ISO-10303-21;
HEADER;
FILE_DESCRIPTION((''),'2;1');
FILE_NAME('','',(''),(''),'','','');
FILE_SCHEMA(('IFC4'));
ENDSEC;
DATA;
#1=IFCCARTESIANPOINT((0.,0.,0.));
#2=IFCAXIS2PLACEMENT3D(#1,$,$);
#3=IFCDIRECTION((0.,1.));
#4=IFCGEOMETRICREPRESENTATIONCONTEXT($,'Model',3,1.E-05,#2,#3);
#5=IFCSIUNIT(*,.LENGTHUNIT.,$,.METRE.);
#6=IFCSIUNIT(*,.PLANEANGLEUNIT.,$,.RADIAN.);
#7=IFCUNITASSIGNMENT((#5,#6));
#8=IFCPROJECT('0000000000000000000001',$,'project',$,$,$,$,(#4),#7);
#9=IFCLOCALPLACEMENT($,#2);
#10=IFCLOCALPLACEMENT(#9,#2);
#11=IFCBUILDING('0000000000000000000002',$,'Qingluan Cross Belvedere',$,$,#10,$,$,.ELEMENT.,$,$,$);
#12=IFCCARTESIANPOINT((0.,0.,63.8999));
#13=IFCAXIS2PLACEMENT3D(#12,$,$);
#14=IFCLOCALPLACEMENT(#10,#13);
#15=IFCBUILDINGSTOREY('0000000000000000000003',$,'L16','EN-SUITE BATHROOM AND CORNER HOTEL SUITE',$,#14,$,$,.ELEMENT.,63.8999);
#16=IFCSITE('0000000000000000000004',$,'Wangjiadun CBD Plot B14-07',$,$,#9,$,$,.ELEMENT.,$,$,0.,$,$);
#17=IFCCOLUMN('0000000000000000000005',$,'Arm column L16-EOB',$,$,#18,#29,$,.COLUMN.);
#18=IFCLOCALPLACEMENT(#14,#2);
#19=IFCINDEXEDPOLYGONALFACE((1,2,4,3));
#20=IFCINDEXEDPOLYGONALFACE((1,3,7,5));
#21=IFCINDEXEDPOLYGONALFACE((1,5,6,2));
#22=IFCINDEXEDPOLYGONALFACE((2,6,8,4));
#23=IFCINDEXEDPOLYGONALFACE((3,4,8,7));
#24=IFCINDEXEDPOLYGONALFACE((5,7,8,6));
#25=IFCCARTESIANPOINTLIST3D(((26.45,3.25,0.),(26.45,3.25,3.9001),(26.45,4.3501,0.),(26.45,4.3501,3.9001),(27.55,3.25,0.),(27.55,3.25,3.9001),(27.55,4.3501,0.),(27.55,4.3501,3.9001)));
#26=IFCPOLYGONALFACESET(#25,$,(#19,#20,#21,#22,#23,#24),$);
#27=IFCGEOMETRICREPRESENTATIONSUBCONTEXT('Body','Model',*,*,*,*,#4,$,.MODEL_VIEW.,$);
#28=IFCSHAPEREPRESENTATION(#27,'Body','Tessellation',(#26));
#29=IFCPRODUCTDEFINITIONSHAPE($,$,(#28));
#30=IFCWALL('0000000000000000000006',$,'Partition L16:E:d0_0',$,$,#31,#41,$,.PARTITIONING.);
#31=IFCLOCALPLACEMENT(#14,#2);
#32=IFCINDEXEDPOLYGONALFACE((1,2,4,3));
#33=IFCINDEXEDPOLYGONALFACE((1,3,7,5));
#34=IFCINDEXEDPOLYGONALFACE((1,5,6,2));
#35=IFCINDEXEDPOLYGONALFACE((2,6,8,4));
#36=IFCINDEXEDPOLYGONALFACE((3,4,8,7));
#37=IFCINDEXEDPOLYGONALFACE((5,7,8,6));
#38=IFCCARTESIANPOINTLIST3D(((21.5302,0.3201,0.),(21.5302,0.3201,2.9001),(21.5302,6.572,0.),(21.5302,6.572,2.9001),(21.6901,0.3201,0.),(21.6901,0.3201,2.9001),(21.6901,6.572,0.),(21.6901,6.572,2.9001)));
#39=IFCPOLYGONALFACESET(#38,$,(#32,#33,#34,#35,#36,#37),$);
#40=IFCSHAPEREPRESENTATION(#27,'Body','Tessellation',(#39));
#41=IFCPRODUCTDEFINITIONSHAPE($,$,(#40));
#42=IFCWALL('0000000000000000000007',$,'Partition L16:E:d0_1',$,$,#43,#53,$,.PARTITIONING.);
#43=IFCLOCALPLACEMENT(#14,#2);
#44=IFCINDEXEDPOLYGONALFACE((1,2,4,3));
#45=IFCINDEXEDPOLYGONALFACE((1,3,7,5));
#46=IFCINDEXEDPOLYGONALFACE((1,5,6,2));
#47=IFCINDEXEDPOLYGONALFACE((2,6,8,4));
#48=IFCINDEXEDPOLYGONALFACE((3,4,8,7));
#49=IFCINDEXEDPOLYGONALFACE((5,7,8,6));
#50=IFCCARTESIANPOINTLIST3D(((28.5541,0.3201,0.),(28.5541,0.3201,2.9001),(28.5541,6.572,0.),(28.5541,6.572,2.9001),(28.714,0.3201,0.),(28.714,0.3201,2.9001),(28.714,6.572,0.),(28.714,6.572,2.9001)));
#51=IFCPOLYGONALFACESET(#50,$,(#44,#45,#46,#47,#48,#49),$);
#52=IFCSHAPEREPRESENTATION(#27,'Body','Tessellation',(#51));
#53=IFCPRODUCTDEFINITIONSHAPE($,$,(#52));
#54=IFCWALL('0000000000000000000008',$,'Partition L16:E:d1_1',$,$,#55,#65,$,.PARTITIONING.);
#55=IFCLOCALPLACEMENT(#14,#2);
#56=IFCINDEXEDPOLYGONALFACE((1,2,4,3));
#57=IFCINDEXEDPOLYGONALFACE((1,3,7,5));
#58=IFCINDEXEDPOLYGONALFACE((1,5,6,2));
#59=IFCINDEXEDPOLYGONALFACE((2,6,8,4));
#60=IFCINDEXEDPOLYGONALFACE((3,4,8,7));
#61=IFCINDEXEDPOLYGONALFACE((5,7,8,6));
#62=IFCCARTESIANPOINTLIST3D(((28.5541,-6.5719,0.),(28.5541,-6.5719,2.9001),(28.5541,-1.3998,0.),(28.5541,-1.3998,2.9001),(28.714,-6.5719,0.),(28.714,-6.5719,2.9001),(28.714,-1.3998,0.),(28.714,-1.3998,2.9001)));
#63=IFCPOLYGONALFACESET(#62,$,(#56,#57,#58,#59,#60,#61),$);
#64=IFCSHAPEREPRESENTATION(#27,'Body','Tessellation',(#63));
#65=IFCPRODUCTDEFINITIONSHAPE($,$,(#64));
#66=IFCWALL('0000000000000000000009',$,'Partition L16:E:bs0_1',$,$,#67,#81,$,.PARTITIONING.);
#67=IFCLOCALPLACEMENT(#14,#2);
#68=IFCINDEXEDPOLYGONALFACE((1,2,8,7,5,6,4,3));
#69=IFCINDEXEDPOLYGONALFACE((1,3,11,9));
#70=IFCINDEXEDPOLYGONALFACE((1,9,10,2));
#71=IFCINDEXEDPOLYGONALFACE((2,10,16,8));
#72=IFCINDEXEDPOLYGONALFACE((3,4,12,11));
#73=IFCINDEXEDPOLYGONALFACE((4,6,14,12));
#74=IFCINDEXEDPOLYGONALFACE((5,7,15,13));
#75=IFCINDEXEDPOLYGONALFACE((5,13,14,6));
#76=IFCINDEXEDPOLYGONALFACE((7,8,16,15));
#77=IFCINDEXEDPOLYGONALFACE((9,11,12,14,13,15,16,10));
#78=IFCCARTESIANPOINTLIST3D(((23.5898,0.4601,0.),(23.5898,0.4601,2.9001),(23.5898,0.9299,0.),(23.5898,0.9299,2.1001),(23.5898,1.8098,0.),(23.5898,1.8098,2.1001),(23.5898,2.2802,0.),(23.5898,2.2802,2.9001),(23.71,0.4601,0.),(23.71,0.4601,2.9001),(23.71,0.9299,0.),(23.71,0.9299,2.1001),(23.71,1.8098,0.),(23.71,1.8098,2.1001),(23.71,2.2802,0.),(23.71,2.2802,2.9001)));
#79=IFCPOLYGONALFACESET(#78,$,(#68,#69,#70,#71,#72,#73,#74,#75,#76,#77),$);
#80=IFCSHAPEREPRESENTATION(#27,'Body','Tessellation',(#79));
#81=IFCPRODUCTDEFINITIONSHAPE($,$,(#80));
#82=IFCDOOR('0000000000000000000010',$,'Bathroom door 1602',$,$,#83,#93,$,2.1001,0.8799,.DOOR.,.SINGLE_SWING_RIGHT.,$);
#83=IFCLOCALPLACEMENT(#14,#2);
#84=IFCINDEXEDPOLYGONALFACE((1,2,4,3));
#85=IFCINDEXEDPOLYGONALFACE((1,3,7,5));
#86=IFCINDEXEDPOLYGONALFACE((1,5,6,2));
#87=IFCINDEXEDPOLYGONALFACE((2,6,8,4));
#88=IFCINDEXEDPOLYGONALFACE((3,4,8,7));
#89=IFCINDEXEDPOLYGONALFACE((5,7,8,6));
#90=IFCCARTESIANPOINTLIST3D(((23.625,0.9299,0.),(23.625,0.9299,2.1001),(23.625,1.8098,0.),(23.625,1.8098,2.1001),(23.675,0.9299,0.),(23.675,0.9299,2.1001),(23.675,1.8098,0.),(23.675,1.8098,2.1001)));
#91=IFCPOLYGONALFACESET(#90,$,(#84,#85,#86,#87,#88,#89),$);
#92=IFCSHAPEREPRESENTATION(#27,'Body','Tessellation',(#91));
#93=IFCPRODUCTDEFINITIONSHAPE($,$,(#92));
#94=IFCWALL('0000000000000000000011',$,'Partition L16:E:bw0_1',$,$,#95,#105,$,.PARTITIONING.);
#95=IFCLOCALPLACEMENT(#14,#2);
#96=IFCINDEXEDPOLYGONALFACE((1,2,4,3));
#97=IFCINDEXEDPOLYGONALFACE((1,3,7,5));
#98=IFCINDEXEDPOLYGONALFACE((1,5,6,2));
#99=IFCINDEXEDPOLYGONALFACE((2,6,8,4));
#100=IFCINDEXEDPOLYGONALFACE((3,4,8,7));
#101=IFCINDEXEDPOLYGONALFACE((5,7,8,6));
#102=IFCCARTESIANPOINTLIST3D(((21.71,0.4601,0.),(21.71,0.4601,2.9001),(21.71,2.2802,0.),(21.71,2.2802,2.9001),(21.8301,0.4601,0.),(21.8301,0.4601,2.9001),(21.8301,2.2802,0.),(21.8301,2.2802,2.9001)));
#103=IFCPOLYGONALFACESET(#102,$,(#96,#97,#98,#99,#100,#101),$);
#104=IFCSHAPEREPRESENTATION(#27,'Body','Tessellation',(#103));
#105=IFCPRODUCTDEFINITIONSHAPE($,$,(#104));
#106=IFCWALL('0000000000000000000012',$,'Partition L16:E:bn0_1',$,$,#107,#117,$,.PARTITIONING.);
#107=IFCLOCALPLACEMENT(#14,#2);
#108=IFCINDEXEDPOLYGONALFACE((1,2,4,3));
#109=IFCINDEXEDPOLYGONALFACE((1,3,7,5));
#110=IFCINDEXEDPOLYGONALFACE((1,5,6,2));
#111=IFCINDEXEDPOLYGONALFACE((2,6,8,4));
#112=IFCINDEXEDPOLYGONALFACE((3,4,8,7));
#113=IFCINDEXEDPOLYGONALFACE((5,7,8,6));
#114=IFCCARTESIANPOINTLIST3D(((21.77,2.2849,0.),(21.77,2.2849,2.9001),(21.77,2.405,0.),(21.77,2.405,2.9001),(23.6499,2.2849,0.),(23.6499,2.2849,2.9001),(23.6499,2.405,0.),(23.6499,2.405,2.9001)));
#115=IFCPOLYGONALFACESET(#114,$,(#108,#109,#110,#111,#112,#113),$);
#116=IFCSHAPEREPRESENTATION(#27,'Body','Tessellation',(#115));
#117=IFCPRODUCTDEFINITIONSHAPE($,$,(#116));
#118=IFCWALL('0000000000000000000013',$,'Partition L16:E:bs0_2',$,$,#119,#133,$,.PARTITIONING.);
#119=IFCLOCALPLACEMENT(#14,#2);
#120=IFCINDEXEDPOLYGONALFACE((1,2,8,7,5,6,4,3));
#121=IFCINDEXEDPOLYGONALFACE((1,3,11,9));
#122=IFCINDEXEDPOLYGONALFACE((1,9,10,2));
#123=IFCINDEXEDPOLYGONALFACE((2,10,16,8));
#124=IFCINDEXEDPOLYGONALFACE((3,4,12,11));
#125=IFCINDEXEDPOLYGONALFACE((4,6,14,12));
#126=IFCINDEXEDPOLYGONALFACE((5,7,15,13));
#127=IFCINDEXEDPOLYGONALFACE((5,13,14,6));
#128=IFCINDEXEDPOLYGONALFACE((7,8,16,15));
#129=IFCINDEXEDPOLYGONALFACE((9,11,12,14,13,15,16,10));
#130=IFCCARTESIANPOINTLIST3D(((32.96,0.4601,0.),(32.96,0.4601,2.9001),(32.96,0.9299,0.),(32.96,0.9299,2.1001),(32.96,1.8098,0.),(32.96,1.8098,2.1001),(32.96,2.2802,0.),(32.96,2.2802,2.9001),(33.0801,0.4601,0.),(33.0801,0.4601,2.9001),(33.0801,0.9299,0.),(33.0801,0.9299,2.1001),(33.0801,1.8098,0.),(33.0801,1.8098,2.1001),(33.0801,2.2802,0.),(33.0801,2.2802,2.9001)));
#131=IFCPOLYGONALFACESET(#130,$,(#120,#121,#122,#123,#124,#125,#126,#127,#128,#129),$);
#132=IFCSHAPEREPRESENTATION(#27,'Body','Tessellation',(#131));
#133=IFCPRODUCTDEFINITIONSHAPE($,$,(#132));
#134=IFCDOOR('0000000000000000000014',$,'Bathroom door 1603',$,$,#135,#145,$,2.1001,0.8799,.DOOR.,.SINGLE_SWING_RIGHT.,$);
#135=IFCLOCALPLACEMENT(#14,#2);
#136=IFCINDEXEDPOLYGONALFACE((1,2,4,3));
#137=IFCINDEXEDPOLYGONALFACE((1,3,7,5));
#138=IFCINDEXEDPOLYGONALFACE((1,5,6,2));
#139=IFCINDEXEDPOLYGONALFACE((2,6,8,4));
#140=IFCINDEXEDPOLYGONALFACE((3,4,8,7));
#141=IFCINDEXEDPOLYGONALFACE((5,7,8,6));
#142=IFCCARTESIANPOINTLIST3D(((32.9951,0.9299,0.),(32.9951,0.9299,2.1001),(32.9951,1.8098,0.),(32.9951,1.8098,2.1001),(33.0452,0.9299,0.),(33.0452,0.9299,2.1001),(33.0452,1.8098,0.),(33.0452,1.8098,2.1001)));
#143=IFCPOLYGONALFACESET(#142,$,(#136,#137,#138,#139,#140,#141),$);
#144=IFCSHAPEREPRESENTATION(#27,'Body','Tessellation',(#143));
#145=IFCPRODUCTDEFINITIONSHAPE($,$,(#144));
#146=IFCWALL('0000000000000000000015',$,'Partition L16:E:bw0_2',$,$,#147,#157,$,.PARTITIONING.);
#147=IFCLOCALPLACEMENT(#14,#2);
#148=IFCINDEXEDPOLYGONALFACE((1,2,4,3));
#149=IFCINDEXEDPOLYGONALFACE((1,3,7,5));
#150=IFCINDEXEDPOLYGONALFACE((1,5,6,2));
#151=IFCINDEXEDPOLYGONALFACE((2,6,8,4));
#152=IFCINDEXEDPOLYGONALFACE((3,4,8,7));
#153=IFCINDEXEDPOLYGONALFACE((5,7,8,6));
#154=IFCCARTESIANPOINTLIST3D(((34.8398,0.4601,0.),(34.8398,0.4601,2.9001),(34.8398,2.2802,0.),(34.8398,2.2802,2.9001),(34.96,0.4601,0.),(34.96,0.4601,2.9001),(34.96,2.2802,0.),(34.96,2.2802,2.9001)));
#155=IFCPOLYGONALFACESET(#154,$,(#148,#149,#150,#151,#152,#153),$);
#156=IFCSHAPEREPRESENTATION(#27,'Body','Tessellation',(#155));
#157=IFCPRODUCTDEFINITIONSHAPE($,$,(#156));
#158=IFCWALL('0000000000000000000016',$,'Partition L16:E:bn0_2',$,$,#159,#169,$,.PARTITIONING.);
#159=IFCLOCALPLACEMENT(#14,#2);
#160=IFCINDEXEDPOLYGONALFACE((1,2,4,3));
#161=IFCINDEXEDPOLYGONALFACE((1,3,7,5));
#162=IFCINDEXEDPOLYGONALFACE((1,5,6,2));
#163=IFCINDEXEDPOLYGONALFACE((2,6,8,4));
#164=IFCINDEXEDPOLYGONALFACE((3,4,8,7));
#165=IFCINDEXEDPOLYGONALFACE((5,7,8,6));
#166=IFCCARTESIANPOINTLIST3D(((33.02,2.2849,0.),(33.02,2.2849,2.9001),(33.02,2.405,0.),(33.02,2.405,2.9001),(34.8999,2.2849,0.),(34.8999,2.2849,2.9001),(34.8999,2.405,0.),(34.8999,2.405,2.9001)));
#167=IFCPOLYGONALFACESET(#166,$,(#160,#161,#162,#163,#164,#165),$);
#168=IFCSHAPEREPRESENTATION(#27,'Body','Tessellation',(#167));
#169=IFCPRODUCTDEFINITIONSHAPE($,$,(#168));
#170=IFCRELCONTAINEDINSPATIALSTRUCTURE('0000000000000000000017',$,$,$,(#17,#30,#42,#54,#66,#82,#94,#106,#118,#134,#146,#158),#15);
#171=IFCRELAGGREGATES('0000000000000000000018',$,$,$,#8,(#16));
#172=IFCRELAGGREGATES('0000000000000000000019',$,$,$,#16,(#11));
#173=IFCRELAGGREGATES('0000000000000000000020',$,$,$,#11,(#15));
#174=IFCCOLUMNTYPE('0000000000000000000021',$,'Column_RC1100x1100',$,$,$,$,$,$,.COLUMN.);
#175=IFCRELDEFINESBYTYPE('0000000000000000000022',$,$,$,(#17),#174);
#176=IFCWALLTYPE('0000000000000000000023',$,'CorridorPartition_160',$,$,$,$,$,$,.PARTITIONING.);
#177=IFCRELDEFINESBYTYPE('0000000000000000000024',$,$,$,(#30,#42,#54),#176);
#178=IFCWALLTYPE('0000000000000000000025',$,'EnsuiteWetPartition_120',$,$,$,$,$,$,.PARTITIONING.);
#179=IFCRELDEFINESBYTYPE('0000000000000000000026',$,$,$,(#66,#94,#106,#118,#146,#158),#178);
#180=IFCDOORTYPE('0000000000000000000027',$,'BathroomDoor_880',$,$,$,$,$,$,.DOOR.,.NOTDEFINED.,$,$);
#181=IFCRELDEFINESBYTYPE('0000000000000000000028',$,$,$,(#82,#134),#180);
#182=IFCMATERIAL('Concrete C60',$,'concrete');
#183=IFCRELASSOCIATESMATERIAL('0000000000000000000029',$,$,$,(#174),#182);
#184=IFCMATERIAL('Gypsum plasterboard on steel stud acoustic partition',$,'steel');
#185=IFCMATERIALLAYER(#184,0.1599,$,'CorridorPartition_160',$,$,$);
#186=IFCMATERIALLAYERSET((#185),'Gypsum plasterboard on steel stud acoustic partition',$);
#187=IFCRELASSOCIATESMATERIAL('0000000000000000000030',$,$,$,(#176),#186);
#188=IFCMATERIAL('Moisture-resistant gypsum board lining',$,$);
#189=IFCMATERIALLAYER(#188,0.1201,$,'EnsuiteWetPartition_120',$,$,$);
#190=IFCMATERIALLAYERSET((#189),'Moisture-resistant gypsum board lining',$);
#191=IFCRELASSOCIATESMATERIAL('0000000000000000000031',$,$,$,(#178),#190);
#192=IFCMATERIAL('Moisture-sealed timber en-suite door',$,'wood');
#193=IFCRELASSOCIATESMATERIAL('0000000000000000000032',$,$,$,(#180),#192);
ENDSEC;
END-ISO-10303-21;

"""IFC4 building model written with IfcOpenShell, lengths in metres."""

from ifc_helpers import new_model, si_unit, direction, frame, frame_2d, origin, origin_2d, place, context, subcontext, project, spatial, rectangle, extrude, material, layer, layer_set, material_profile, profile_set, type_object, element, fill, save


model = new_model("IFC4")

# Units and contexts
model_context = context("Model", 3, precision=1e-05, world=origin(), true_north=direction((0.0, 1.0)))
body_context = subcontext(model_context, "Body", "Model", "MODEL_VIEW")
ifc_project = project(units=[si_unit("LENGTHUNIT", "METRE"), si_unit("PLANEANGLEUNIT", "RADIAN")], contexts=[model_context])

# Site, building, storey
site_placement = place(None, origin())
site = spatial("IfcSite", under=ifc_project, at=site_placement, Name="Wangjiadun CBD Plot B14-07", CompositionType="ELEMENT", RefElevation=0.0)
building_placement = place(site_placement, origin())
building = spatial("IfcBuilding", under=site, at=building_placement, Name="Qingluan Cross Belvedere", CompositionType="ELEMENT")
storey_placement = place(building_placement, frame((0.0, 0.0, 63.8999)))
storey = spatial("IfcBuildingStorey", under=building, at=storey_placement, Name="L16", Description="EN-SUITE BATHROOM AND CORNER HOTEL SUITE", CompositionType="ELEMENT", Elevation=63.8999)

# Column
ifc_material_1 = material(Name="Concrete C60", Category="concrete")
ifc_material_profile = material_profile(ifc_material_1, rectangle(XDim=1.1001, YDim=1.1001, at=origin_2d()), Name="RC1100x1100")
ifc_profile_set = profile_set([ifc_material_profile], Name="Concrete C60")
column_type = type_object("IfcColumnType", Name="Column_RC1100x1100", PredefinedType="COLUMN", material=ifc_profile_set)
column_placement = place(storey_placement, frame((27.0, 3.8, 0.0), z_axis=(0.0, 0.0, 1.0), x_axis=(1.0, 0.0, 0.0)))
element("IfcColumn", 1, at=column_placement, inside=storey, type_object=column_type, Name="Arm column L16-EOB", PredefinedType="COLUMN", context=body_context, shape_type="SweptSolid", body=[
    extrude(rectangle(XDim=1.1001, YDim=1.1001, at=origin_2d()), origin(), (0.0, 0.0, 1.0), 3.9001),
])

# Walls
ifc_material_2 = material(Name="Gypsum plasterboard on steel stud acoustic partition", Category="steel")
ifc_layer_1 = layer(ifc_material_2, 0.1599, Name="CorridorPartition_160")
ifc_layer_set_1 = layer_set([ifc_layer_1], Name="Gypsum plasterboard on steel stud acoustic partition")
wall_type_1 = type_object("IfcWallType", Name="CorridorPartition_160", PredefinedType="PARTITIONING", material=ifc_layer_set_1)
for number, where, z_axis, x_axis, name in (
    (2, (21.6101, 0.3201, 0.0), (0.0, 0.0, 1.0), (0.0, 1.0, 0.0), "Partition L16:E:d0_0"),
    (3, (28.634, 0.3201, 0.0), (0.0, 0.0, 1.0), (0.0, 1.0, 0.0), "Partition L16:E:d0_1"),
):
    element("IfcWall", number, at=place(storey_placement, frame(where, z_axis=z_axis, x_axis=x_axis)), inside=storey, type_object=wall_type_1, Name=name, PredefinedType="PARTITIONING", context=body_context, shape_type="SweptSolid", body=[
        extrude(rectangle(XDim=6.252, YDim=0.1599, at=frame_2d((3.126, 0.0))), origin(), (0.0, 0.0, 1.0), 2.9001),
    ])
wall_1_placement = place(storey_placement, frame((28.634, -1.3999, 0.0), z_axis=(0.0, 0.0, 1.0), x_axis=(0.0, -1.0, 0.0)))
element("IfcWall", 4, at=wall_1_placement, inside=storey, type_object=wall_type_1, Name="Partition L16:E:d1_1", PredefinedType="PARTITIONING", context=body_context, shape_type="SweptSolid", body=[
    extrude(rectangle(XDim=5.1721, YDim=0.1599, at=frame_2d((2.5859, 0.0))), origin(), (0.0, 0.0, 1.0), 2.9001),
])

# Wall, opening, door
ifc_material_3 = material(Name="Moisture-resistant gypsum board lining")
ifc_layer_2 = layer(ifc_material_3, 0.1201, Name="EnsuiteWetPartition_120")
ifc_layer_set_2 = layer_set([ifc_layer_2], Name="Moisture-resistant gypsum board lining")
wall_type_2 = type_object("IfcWallType", Name="EnsuiteWetPartition_120", PredefinedType="PARTITIONING", material=ifc_layer_set_2)
wall_2_placement = place(storey_placement, frame((23.6499, 0.46, 0.0), z_axis=(0.0, 0.0, 1.0), x_axis=(0.0, 1.0, 0.0)))
wall_2 = element("IfcWall", 5, at=wall_2_placement, inside=storey, type_object=wall_type_2, Name="Partition L16:E:bs0_1", PredefinedType="PARTITIONING", context=body_context, shape_type="SweptSolid", body=[
    extrude(rectangle(XDim=1.8201, YDim=0.1201, at=frame_2d((0.9102, 0.0))), origin(), (0.0, 0.0, 1.0), 2.9001),
])
opening_1_placement = place(wall_2_placement, frame((0.47, 0.0, 0.0)))
opening_1 = element("IfcOpeningElement", 6, at=opening_1_placement, cuts=wall_2, PredefinedType="OPENING", context=body_context, shape_type="SweptSolid", body=[
    extrude(rectangle(XDim=0.8799, YDim=2.1001, at=frame_2d((0.4399, 1.05))), frame((0.0, 0.0701, 0.0), z_axis=(0.0, -1.0, 0.0), x_axis=(1.0, 0.0, 0.0)), (0.0, 0.0, 1.0), 0.1401),
])
ifc_material_4 = material(Name="Moisture-sealed timber en-suite door", Category="wood")
door_type = type_object("IfcDoorType", Name="BathroomDoor_880", OperationType="NOTDEFINED", PredefinedType="DOOR", material=ifc_material_4)
door_1_placement = place(opening_1_placement, origin())
door_1 = element("IfcDoor", 7, at=door_1_placement, inside=storey, type_object=door_type, Name="Bathroom door 1602", OperationType="SINGLE_SWING_RIGHT", OverallHeight=2.1001, OverallWidth=0.8799, PredefinedType="DOOR", context=body_context, shape_type="SweptSolid", body=[
    extrude(rectangle(XDim=0.8799, YDim=2.1001, at=frame_2d((0.4399, 1.05))), frame((0.0, 0.0249, 0.0), z_axis=(0.0, -1.0, 0.0), x_axis=(1.0, 0.0, 0.0)), (0.0, 0.0, 1.0), 0.05),
])
fill(opening_1, door_1)

# Walls
wall_3_placement = place(storey_placement, frame((21.77, 0.46, 0.0), z_axis=(0.0, 0.0, 1.0), x_axis=(0.0, 1.0, 0.0)))
element("IfcWall", 8, at=wall_3_placement, inside=storey, type_object=wall_type_2, Name="Partition L16:E:bw0_1", PredefinedType="PARTITIONING", context=body_context, shape_type="SweptSolid", body=[
    extrude(rectangle(XDim=1.8201, YDim=0.1201, at=frame_2d((0.9102, 0.0))), origin(), (0.0, 0.0, 1.0), 2.9001),
])
wall_4_placement = place(storey_placement, frame((21.77, 2.345, 0.0), z_axis=(0.0, 0.0, 1.0), x_axis=(1.0, 0.0, 0.0)))
element("IfcWall", 9, at=wall_4_placement, inside=storey, type_object=wall_type_2, Name="Partition L16:E:bn0_1", PredefinedType="PARTITIONING", context=body_context, shape_type="SweptSolid", body=[
    extrude(rectangle(XDim=1.8799, YDim=0.1201, at=frame_2d((0.9399, 0.0))), origin(), (0.0, 0.0, 1.0), 2.9001),
])

# Wall, opening, door
wall_5_placement = place(storey_placement, frame((33.02, 0.46, 0.0), z_axis=(0.0, 0.0, 1.0), x_axis=(0.0, 1.0, 0.0)))
wall_5 = element("IfcWall", 10, at=wall_5_placement, inside=storey, type_object=wall_type_2, Name="Partition L16:E:bs0_2", PredefinedType="PARTITIONING", context=body_context, shape_type="SweptSolid", body=[
    extrude(rectangle(XDim=1.8201, YDim=0.1201, at=frame_2d((0.9102, 0.0))), origin(), (0.0, 0.0, 1.0), 2.9001),
])
opening_2_placement = place(wall_5_placement, frame((0.47, 0.0, 0.0)))
opening_2 = element("IfcOpeningElement", 11, at=opening_2_placement, cuts=wall_5, PredefinedType="OPENING", context=body_context, shape_type="SweptSolid", body=[
    extrude(rectangle(XDim=0.8799, YDim=2.1001, at=frame_2d((0.4399, 1.05))), frame((0.0, 0.0701, 0.0), z_axis=(0.0, -1.0, 0.0), x_axis=(1.0, 0.0, 0.0)), (0.0, 0.0, 1.0), 0.1401),
])
door_2_placement = place(opening_2_placement, origin())
door_2 = element("IfcDoor", 12, at=door_2_placement, inside=storey, type_object=door_type, Name="Bathroom door 1603", OperationType="SINGLE_SWING_RIGHT", OverallHeight=2.1001, OverallWidth=0.8799, PredefinedType="DOOR", context=body_context, shape_type="SweptSolid", body=[
    extrude(rectangle(XDim=0.8799, YDim=2.1001, at=frame_2d((0.4399, 1.05))), frame((0.0, 0.0249, 0.0), z_axis=(0.0, -1.0, 0.0), x_axis=(1.0, 0.0, 0.0)), (0.0, 0.0, 1.0), 0.05),
])
fill(opening_2, door_2)

# Walls
wall_6_placement = place(storey_placement, frame((34.8999, 0.46, 0.0), z_axis=(0.0, 0.0, 1.0), x_axis=(0.0, 1.0, 0.0)))
element("IfcWall", 13, at=wall_6_placement, inside=storey, type_object=wall_type_2, Name="Partition L16:E:bw0_2", PredefinedType="PARTITIONING", context=body_context, shape_type="SweptSolid", body=[
    extrude(rectangle(XDim=1.8201, YDim=0.1201, at=frame_2d((0.9102, 0.0))), origin(), (0.0, 0.0, 1.0), 2.9001),
])
wall_7_placement = place(storey_placement, frame((33.02, 2.345, 0.0), z_axis=(0.0, 0.0, 1.0), x_axis=(1.0, 0.0, 0.0)))
element("IfcWall", 14, at=wall_7_placement, inside=storey, type_object=wall_type_2, Name="Partition L16:E:bn0_2", PredefinedType="PARTITIONING", context=body_context, shape_type="SweptSolid", body=[
    extrude(rectangle(XDim=1.8799, YDim=0.1201, at=frame_2d((0.9399, 0.0))), origin(), (0.0, 0.0, 1.0), 2.9001),
])

save(model, "model.ifc")
